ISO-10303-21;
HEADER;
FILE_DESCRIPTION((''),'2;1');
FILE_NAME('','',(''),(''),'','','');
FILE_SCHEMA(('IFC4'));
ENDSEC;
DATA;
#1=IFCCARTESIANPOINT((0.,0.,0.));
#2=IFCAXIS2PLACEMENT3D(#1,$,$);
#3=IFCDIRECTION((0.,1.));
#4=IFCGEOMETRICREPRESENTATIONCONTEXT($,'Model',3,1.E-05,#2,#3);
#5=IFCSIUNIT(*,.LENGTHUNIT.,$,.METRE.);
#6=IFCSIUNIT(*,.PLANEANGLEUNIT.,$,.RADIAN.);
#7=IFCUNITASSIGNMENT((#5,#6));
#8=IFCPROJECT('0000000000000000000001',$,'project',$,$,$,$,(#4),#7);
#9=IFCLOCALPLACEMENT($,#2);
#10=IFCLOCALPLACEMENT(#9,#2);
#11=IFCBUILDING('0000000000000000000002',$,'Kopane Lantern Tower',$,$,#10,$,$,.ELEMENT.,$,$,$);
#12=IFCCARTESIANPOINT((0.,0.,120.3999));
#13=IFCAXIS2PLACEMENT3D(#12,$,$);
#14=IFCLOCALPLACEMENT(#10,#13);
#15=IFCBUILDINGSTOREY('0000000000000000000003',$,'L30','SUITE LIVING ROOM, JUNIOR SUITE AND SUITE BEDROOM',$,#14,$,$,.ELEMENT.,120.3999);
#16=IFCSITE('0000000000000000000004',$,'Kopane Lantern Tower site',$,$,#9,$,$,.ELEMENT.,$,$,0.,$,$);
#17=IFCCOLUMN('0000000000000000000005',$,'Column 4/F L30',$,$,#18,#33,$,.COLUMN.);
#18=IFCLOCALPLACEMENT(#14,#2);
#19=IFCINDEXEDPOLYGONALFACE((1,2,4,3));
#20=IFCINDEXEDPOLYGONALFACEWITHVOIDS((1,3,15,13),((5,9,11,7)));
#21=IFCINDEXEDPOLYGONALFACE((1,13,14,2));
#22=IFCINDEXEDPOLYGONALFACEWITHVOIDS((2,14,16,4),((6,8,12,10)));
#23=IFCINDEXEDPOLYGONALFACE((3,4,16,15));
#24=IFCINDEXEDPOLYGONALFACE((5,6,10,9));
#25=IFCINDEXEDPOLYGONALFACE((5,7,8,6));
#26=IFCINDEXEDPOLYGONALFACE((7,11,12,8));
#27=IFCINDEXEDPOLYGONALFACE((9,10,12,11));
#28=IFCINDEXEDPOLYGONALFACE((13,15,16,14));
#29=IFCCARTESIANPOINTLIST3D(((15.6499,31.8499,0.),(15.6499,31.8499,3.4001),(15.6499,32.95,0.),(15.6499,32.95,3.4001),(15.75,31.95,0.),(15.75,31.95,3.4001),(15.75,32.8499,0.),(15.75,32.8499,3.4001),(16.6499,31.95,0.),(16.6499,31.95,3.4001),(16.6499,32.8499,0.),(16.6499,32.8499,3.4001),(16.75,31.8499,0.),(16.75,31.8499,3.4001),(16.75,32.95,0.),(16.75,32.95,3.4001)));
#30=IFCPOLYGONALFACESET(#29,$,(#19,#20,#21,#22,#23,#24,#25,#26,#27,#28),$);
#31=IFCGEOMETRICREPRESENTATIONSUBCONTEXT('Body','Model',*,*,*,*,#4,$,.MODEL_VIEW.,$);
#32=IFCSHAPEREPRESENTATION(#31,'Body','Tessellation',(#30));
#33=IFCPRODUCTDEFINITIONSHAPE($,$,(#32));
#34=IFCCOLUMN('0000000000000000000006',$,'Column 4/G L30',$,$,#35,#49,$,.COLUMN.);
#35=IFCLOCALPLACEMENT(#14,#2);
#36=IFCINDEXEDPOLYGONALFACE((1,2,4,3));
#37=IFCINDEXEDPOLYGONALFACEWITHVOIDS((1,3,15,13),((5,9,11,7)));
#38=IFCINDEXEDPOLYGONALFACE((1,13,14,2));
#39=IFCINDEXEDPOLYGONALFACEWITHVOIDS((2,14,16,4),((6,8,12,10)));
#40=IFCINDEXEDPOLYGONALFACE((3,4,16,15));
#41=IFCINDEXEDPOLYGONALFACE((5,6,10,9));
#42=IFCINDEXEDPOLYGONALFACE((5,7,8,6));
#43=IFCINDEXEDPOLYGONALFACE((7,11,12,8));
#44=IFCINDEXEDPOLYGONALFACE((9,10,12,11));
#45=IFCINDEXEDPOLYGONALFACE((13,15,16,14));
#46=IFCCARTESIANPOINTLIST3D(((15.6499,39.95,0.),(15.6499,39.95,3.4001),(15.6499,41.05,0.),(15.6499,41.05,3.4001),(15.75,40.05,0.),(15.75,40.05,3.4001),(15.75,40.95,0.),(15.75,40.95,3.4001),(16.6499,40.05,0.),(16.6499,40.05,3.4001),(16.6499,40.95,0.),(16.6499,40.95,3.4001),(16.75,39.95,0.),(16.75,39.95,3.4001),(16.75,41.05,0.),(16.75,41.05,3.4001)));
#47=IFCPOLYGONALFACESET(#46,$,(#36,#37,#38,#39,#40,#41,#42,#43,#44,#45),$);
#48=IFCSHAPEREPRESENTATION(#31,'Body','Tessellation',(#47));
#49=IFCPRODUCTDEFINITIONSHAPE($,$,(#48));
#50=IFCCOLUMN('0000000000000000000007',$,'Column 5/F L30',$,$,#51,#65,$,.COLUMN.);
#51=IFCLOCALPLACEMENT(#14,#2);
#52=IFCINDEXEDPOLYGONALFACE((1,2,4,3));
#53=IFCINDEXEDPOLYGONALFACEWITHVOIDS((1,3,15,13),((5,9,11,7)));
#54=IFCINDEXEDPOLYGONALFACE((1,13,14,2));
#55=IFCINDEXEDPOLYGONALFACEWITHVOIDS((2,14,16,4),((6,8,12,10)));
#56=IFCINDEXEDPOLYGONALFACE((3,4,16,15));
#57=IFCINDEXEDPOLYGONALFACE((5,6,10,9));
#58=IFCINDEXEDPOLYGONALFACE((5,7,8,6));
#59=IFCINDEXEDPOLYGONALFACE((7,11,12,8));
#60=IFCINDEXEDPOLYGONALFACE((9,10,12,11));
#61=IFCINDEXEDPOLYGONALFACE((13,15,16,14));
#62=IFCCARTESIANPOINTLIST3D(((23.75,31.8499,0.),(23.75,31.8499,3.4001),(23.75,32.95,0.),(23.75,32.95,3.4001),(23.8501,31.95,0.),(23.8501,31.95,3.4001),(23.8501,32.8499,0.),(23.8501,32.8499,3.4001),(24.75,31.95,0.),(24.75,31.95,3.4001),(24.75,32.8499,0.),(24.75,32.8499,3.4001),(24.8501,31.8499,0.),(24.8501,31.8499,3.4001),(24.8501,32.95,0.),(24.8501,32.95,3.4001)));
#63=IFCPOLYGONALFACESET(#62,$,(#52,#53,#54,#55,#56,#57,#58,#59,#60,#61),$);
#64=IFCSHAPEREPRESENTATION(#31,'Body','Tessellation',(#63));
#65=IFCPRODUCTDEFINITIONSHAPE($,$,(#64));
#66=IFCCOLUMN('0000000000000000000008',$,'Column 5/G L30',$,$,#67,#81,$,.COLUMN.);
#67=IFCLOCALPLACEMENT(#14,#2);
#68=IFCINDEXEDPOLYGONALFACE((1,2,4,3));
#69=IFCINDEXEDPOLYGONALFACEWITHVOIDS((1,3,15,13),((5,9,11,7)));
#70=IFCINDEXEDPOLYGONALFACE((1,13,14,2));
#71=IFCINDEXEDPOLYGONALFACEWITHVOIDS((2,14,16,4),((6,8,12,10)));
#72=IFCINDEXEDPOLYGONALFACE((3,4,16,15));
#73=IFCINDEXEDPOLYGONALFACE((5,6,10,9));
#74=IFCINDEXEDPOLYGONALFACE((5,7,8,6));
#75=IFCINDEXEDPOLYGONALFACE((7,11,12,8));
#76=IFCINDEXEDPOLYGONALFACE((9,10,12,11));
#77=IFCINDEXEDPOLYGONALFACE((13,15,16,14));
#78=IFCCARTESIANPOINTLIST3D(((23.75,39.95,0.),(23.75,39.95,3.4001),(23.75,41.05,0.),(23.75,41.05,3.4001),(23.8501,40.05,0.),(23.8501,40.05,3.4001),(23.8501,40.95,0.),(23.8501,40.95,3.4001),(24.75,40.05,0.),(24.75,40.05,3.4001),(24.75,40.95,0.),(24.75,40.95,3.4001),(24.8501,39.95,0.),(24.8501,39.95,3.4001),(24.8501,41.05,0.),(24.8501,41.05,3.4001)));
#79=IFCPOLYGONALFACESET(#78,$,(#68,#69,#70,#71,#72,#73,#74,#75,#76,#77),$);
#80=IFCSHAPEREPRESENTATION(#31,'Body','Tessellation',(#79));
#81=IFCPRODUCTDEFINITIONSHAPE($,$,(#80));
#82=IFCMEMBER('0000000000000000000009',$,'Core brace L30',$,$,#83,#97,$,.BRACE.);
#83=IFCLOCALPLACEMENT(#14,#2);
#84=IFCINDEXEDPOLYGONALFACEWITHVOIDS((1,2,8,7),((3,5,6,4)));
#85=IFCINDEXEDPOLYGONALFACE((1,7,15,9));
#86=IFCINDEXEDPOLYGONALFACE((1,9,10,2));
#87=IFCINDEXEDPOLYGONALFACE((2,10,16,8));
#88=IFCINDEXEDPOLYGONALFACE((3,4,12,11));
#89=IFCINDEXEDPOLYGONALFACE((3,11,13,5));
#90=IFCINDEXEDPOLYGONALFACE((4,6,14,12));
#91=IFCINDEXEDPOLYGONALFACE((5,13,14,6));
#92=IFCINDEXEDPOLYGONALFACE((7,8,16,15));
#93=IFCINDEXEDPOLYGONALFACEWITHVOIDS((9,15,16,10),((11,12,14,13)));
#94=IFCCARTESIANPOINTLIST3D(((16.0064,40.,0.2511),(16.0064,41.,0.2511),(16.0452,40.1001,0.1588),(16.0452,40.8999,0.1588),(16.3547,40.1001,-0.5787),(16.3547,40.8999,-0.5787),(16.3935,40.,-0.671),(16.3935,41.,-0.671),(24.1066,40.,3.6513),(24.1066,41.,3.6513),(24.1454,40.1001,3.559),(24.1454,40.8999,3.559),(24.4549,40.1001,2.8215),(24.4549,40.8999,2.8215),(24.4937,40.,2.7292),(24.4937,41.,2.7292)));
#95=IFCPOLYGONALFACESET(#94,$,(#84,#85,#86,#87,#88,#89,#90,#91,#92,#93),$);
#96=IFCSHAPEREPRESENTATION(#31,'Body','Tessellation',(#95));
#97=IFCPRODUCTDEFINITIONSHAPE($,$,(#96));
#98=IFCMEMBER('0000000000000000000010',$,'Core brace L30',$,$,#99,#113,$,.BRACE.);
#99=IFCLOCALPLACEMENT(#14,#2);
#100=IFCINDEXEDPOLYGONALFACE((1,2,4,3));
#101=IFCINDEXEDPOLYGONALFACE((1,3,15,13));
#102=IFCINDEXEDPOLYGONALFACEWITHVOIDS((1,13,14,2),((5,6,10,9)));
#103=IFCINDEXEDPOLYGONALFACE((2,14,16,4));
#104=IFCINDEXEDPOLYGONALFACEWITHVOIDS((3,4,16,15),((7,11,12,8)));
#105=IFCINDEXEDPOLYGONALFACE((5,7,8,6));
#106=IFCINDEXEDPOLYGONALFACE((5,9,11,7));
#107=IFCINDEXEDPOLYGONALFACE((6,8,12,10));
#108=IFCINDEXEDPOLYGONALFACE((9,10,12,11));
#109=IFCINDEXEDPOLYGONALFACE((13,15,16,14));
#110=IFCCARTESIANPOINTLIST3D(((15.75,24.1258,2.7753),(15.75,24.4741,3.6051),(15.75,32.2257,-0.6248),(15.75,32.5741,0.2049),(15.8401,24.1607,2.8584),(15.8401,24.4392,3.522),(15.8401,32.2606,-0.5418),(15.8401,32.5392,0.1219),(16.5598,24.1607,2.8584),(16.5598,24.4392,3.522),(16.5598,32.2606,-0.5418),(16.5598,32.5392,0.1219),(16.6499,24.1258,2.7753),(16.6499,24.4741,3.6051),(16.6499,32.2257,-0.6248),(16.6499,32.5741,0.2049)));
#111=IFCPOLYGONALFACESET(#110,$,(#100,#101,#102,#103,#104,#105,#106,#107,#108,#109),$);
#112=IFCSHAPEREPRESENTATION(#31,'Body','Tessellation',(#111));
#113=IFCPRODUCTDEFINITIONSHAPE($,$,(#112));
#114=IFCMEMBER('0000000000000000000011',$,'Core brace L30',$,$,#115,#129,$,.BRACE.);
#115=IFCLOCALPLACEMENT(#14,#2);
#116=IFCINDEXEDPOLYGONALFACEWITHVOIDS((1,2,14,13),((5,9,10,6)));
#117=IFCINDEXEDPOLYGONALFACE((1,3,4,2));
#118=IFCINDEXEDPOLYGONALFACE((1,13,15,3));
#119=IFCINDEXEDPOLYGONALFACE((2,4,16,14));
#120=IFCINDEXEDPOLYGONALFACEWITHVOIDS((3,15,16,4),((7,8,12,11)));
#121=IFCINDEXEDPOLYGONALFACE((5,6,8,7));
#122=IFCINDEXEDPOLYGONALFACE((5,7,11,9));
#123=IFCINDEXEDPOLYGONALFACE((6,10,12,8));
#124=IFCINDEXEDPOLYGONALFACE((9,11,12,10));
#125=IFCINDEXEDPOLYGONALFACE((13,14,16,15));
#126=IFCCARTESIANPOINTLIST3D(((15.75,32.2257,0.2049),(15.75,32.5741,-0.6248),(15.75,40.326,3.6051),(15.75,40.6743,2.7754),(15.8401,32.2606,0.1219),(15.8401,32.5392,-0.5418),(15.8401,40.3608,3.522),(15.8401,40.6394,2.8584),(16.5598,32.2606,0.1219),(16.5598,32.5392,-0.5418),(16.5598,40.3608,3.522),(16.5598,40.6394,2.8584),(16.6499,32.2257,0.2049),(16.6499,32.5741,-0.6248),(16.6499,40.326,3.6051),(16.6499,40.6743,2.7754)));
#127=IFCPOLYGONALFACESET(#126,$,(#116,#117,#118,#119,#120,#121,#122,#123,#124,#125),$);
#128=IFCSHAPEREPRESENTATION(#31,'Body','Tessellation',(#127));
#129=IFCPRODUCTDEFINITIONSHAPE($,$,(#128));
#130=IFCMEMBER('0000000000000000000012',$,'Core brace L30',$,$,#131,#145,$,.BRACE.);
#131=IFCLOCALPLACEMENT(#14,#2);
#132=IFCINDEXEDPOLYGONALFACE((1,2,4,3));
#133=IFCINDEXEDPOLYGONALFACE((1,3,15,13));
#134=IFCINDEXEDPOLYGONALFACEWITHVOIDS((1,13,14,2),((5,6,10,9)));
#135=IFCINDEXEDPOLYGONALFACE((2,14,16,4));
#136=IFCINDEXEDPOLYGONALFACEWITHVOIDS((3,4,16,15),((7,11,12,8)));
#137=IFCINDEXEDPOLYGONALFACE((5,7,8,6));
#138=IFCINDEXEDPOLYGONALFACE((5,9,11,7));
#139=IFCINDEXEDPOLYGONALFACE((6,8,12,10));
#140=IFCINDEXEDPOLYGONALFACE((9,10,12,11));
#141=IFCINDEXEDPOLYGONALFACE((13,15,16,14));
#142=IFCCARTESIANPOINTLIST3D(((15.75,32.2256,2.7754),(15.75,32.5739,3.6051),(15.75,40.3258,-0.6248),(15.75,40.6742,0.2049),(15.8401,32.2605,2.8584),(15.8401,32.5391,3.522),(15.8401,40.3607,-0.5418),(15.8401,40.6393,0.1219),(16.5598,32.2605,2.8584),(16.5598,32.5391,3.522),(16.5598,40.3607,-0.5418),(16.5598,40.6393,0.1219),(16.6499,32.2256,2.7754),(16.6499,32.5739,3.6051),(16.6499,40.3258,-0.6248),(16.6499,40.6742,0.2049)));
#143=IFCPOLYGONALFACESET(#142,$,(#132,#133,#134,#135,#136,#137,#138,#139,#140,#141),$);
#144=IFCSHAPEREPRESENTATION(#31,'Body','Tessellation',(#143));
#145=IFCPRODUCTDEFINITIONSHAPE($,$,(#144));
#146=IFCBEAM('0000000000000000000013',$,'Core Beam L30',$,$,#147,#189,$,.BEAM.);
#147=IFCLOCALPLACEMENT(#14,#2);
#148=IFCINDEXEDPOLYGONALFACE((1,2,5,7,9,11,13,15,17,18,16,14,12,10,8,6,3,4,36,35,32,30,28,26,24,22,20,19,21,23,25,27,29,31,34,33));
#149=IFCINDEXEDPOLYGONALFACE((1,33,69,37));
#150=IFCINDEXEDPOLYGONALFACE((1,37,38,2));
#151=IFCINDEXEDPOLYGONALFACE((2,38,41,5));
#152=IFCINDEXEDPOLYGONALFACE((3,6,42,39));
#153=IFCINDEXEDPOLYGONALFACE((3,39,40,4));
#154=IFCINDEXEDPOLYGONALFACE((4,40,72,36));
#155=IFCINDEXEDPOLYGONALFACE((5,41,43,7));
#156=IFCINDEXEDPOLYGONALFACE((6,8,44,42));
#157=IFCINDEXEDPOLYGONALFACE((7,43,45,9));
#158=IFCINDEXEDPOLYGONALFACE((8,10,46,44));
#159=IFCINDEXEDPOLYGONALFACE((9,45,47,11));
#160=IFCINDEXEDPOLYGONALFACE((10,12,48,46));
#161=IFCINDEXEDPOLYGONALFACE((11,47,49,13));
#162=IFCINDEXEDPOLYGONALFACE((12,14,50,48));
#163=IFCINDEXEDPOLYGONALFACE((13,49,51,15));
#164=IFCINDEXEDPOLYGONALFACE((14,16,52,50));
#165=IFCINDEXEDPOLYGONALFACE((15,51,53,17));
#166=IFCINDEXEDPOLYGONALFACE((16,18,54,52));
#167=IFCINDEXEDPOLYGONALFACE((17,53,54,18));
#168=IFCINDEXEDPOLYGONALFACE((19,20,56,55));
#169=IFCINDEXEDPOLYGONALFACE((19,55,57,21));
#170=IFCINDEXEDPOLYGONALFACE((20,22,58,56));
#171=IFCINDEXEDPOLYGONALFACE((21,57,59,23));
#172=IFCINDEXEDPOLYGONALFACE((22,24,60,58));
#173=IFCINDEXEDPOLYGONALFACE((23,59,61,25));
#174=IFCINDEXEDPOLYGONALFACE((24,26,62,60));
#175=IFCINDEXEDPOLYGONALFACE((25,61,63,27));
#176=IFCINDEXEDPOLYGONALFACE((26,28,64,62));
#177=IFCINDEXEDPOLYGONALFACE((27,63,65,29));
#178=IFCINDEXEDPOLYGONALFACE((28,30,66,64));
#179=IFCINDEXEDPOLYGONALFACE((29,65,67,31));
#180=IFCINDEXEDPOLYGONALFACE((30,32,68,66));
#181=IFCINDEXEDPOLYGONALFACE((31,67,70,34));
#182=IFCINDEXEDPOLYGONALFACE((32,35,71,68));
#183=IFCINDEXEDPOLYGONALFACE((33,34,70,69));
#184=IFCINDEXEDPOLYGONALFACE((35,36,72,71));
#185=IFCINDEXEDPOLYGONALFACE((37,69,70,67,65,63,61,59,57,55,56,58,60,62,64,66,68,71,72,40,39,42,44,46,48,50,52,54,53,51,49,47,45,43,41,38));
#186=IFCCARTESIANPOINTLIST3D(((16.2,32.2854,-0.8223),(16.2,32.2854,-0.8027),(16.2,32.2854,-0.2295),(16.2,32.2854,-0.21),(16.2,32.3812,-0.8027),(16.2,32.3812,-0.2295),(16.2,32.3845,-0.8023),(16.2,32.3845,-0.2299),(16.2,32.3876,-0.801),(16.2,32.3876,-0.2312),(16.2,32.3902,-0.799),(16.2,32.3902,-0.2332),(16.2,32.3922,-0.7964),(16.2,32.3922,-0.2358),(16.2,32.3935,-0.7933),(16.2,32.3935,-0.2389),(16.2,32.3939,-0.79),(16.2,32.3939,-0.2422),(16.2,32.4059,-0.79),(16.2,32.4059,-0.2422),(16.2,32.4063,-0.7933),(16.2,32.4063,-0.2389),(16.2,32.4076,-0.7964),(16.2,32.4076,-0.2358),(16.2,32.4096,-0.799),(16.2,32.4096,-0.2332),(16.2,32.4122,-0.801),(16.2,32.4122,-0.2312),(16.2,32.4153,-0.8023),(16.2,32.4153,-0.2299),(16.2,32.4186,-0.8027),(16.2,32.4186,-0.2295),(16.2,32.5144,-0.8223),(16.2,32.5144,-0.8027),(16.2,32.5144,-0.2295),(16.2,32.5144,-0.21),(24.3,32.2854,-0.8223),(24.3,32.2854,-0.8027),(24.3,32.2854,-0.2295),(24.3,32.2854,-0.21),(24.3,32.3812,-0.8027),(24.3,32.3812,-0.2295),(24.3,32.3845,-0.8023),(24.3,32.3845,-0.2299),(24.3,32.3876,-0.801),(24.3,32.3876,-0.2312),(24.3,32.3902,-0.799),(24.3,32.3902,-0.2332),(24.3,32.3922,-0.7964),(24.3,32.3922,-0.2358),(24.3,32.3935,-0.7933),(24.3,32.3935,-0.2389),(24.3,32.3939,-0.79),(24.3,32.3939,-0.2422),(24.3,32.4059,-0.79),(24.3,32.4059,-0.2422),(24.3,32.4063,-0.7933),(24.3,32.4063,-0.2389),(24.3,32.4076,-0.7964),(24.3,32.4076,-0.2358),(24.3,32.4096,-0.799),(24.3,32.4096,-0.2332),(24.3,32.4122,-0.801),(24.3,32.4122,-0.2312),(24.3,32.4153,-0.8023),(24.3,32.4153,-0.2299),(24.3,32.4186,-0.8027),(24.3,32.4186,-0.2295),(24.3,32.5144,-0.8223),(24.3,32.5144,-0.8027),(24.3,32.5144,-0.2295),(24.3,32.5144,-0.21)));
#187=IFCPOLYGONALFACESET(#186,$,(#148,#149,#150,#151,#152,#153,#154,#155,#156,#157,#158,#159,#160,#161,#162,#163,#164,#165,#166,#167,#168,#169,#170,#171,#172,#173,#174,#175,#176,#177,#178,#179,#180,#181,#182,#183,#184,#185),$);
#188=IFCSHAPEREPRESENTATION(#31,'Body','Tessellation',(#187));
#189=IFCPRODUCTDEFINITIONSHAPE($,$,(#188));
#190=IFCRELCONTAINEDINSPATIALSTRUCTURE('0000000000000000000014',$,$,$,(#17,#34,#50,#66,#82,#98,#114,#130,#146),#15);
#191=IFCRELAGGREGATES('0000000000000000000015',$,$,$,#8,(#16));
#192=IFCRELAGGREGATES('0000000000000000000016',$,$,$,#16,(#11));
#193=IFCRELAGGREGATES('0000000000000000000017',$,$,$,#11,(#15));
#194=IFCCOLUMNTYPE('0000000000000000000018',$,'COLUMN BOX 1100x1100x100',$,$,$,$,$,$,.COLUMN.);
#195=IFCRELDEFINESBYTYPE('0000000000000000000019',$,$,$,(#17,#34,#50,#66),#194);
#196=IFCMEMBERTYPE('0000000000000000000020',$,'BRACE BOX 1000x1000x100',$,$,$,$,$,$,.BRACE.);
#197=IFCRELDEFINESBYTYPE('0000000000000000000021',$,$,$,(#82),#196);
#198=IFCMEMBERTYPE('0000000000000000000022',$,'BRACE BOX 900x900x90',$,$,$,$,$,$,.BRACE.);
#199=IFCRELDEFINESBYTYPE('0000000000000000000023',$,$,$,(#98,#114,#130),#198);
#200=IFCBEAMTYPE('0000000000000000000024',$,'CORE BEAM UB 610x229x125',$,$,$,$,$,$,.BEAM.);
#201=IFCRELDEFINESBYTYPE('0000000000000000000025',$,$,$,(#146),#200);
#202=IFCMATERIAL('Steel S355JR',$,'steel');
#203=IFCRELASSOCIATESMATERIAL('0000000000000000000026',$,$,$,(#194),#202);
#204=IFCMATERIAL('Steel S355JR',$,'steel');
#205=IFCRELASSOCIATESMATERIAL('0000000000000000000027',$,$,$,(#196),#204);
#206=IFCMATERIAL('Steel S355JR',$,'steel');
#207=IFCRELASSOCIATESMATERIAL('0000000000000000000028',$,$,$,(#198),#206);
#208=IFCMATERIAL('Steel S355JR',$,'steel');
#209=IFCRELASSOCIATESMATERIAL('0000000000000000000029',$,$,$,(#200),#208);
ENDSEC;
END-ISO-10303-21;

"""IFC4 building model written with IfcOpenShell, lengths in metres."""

from ifc_helpers import new_model, si_unit, direction, frame, origin, origin_2d, place, context, subcontext, project, spatial, hollow_rectangle, i_section, extrude, material, material_profile, profile_set, type_object, element, save


model = new_model("IFC4")

# Units and contexts
model_context = context("Model", 3, precision=1e-05, world=origin(), true_north=direction((0.0, 1.0)))
body_context = subcontext(model_context, "Body", "Model", "MODEL_VIEW")
ifc_project = project(units=[si_unit("LENGTHUNIT", "METRE"), si_unit("PLANEANGLEUNIT", "RADIAN")], contexts=[model_context])

# Site, building, storey
site_placement = place(None, origin())
site = spatial("IfcSite", under=ifc_project, at=site_placement, Name="Kopane Lantern Tower site", CompositionType="ELEMENT", RefElevation=0.0)
building_placement = place(site_placement, origin())
building = spatial("IfcBuilding", under=site, at=building_placement, Name="Kopane Lantern Tower", CompositionType="ELEMENT")
storey_placement = place(building_placement, frame((0.0, 0.0, 120.3999)))
storey = spatial("IfcBuildingStorey", under=building, at=storey_placement, Name="L30", Description="SUITE LIVING ROOM, JUNIOR SUITE AND SUITE BEDROOM", CompositionType="ELEMENT", Elevation=120.3999)

# Columns
ifc_material_1 = material(Name="Steel S355JR", Category="steel")
ifc_material_profile_1 = material_profile(ifc_material_1, hollow_rectangle(XDim=1.1001, YDim=1.1001, WallThickness=0.1001, at=origin_2d()), Name="BOX 1100x1100x100")
ifc_profile_set_1 = profile_set([ifc_material_profile_1], Name="Steel S355JR")
column_type = type_object("IfcColumnType", Name="COLUMN BOX 1100x1100x100", PredefinedType="COLUMN", material=ifc_profile_set_1)
for number, where, z_axis, x_axis, name in (
    (1, (16.2, 32.3999, 0.0), (0.0, 0.0, 1.0), (1.0, 0.0, 0.0), "Column 4/F L30"),
    (2, (16.2, 40.5, 0.0), (0.0, 0.0, 1.0), (1.0, 0.0, 0.0), "Column 4/G L30"),
    (3, (24.3, 32.3999, 0.0), (0.0, 0.0, 1.0), (1.0, 0.0, 0.0), "Column 5/F L30"),
    (4, (24.3, 40.5, 0.0), (0.0, 0.0, 1.0), (1.0, 0.0, 0.0), "Column 5/G L30"),
):
    element("IfcColumn", number, at=place(storey_placement, frame(where, z_axis=z_axis, x_axis=x_axis)), inside=storey, type_object=column_type, Name=name, PredefinedType="COLUMN", context=body_context, shape_type="SweptSolid", body=[
        extrude(hollow_rectangle(XDim=1.1001, YDim=1.1001, WallThickness=0.1001, at=origin_2d()), origin(), (0.0, 0.0, 1.0), 3.4001),
    ])

# Members
ifc_material_2 = material(Name="Steel S355JR", Category="steel")
ifc_material_profile_2 = material_profile(ifc_material_2, hollow_rectangle(XDim=1.0, YDim=1.0, WallThickness=0.1001, at=origin_2d()), Name="BOX 1000x1000x100")
ifc_profile_set_2 = profile_set([ifc_material_profile_2], Name="Steel S355JR")
member_type_1 = type_object("IfcMemberType", Name="BRACE BOX 1000x1000x100", PredefinedType="BRACE", material=ifc_profile_set_2)
member_1_placement = place(storey_placement, frame((16.2, 40.5, -0.21), z_axis=(0.922059, 0.0, 0.387049), x_axis=(0.0, 1.0, 0.0)))
element("IfcMember", 5, at=member_1_placement, inside=storey, type_object=member_type_1, Name="Core brace L30", PredefinedType="BRACE", context=body_context, shape_type="SweptSolid", body=[
    extrude(hollow_rectangle(XDim=1.0, YDim=1.0, WallThickness=0.1001, at=origin_2d()), origin(), (0.0, 0.0, 1.0), 8.7849),
])
ifc_material_3 = material(Name="Steel S355JR", Category="steel")
ifc_material_profile_3 = material_profile(ifc_material_3, hollow_rectangle(XDim=0.8999, YDim=0.8999, WallThickness=0.0901, at=origin_2d()), Name="BOX 900x900x90")
ifc_profile_set_3 = profile_set([ifc_material_profile_3], Name="Steel S355JR")
member_type_2 = type_object("IfcMemberType", Name="BRACE BOX 900x900x90", PredefinedType="BRACE", material=ifc_profile_set_3)
member_2_placement = place(storey_placement, frame((16.2, 32.3999, -0.21), z_axis=(0.0, -0.922055, 0.387059), x_axis=(1.0, 0.0, 0.0)))
element("IfcMember", 6, at=member_2_placement, inside=storey, type_object=member_type_2, Name="Core brace L30", PredefinedType="BRACE", context=body_context, shape_type="SweptSolid", body=[
    extrude(hollow_rectangle(XDim=0.8999, YDim=0.8999, WallThickness=0.0901, at=origin_2d()), origin(), (0.0, 0.0, 1.0), 8.7847),
])
for number, where, z_axis, x_axis, name in (
    (7, (16.2, 32.3999, -0.21), (0.0, 0.922059, 0.387049), (-1.0, 0.0, 0.0), "Core brace L30"),
    (8, (16.2, 40.5, -0.21), (0.0, -0.922059, 0.387049), (1.0, 0.0, 0.0), "Core brace L30"),
):
    element("IfcMember", number, at=place(storey_placement, frame(where, z_axis=z_axis, x_axis=x_axis)), inside=storey, type_object=member_type_2, Name=name, PredefinedType="BRACE", context=body_context, shape_type="SweptSolid", body=[
        extrude(hollow_rectangle(XDim=0.8999, YDim=0.8999, WallThickness=0.0901, at=origin_2d()), origin(), (0.0, 0.0, 1.0), 8.7849),
    ])

# Beam
ifc_material_4 = material(Name="Steel S355JR", Category="steel")
ifc_material_profile_4 = material_profile(ifc_material_4, i_section(OverallWidth=0.229, OverallDepth=0.6123, WebThickness=0.012, FlangeThickness=0.0195, FilletRadius=0.0127, at=origin_2d()), Name="UB 610x229x125")
ifc_profile_set_4 = profile_set([ifc_material_profile_4], Name="Steel S355JR")
beam_type_1 = type_object("IfcBeamType", Name="CORE BEAM UB 610x229x125", PredefinedType="BEAM", material=ifc_profile_set_4)
for number, where, z_axis, x_axis, name in (
    (9, (16.2, 32.3999, -0.5161), (1.0, 0.0, 0.0), (0.0, 1.0, 0.0), "Core Beam L30"),
):
    element("IfcBeam", number, at=place(storey_placement, frame(where, z_axis=z_axis, x_axis=x_axis)), inside=storey, type_object=beam_type_1, Name=name, PredefinedType="BEAM", context=body_context, shape_type="SweptSolid", body=[
        extrude(i_section(OverallWidth=0.229, OverallDepth=0.6123, WebThickness=0.012, FlangeThickness=0.0195, FilletRadius=0.0127, at=origin_2d()), origin(), (0.0, 0.0, 1.0), 8.1001),
    ])

save(model, "model.ifc")
